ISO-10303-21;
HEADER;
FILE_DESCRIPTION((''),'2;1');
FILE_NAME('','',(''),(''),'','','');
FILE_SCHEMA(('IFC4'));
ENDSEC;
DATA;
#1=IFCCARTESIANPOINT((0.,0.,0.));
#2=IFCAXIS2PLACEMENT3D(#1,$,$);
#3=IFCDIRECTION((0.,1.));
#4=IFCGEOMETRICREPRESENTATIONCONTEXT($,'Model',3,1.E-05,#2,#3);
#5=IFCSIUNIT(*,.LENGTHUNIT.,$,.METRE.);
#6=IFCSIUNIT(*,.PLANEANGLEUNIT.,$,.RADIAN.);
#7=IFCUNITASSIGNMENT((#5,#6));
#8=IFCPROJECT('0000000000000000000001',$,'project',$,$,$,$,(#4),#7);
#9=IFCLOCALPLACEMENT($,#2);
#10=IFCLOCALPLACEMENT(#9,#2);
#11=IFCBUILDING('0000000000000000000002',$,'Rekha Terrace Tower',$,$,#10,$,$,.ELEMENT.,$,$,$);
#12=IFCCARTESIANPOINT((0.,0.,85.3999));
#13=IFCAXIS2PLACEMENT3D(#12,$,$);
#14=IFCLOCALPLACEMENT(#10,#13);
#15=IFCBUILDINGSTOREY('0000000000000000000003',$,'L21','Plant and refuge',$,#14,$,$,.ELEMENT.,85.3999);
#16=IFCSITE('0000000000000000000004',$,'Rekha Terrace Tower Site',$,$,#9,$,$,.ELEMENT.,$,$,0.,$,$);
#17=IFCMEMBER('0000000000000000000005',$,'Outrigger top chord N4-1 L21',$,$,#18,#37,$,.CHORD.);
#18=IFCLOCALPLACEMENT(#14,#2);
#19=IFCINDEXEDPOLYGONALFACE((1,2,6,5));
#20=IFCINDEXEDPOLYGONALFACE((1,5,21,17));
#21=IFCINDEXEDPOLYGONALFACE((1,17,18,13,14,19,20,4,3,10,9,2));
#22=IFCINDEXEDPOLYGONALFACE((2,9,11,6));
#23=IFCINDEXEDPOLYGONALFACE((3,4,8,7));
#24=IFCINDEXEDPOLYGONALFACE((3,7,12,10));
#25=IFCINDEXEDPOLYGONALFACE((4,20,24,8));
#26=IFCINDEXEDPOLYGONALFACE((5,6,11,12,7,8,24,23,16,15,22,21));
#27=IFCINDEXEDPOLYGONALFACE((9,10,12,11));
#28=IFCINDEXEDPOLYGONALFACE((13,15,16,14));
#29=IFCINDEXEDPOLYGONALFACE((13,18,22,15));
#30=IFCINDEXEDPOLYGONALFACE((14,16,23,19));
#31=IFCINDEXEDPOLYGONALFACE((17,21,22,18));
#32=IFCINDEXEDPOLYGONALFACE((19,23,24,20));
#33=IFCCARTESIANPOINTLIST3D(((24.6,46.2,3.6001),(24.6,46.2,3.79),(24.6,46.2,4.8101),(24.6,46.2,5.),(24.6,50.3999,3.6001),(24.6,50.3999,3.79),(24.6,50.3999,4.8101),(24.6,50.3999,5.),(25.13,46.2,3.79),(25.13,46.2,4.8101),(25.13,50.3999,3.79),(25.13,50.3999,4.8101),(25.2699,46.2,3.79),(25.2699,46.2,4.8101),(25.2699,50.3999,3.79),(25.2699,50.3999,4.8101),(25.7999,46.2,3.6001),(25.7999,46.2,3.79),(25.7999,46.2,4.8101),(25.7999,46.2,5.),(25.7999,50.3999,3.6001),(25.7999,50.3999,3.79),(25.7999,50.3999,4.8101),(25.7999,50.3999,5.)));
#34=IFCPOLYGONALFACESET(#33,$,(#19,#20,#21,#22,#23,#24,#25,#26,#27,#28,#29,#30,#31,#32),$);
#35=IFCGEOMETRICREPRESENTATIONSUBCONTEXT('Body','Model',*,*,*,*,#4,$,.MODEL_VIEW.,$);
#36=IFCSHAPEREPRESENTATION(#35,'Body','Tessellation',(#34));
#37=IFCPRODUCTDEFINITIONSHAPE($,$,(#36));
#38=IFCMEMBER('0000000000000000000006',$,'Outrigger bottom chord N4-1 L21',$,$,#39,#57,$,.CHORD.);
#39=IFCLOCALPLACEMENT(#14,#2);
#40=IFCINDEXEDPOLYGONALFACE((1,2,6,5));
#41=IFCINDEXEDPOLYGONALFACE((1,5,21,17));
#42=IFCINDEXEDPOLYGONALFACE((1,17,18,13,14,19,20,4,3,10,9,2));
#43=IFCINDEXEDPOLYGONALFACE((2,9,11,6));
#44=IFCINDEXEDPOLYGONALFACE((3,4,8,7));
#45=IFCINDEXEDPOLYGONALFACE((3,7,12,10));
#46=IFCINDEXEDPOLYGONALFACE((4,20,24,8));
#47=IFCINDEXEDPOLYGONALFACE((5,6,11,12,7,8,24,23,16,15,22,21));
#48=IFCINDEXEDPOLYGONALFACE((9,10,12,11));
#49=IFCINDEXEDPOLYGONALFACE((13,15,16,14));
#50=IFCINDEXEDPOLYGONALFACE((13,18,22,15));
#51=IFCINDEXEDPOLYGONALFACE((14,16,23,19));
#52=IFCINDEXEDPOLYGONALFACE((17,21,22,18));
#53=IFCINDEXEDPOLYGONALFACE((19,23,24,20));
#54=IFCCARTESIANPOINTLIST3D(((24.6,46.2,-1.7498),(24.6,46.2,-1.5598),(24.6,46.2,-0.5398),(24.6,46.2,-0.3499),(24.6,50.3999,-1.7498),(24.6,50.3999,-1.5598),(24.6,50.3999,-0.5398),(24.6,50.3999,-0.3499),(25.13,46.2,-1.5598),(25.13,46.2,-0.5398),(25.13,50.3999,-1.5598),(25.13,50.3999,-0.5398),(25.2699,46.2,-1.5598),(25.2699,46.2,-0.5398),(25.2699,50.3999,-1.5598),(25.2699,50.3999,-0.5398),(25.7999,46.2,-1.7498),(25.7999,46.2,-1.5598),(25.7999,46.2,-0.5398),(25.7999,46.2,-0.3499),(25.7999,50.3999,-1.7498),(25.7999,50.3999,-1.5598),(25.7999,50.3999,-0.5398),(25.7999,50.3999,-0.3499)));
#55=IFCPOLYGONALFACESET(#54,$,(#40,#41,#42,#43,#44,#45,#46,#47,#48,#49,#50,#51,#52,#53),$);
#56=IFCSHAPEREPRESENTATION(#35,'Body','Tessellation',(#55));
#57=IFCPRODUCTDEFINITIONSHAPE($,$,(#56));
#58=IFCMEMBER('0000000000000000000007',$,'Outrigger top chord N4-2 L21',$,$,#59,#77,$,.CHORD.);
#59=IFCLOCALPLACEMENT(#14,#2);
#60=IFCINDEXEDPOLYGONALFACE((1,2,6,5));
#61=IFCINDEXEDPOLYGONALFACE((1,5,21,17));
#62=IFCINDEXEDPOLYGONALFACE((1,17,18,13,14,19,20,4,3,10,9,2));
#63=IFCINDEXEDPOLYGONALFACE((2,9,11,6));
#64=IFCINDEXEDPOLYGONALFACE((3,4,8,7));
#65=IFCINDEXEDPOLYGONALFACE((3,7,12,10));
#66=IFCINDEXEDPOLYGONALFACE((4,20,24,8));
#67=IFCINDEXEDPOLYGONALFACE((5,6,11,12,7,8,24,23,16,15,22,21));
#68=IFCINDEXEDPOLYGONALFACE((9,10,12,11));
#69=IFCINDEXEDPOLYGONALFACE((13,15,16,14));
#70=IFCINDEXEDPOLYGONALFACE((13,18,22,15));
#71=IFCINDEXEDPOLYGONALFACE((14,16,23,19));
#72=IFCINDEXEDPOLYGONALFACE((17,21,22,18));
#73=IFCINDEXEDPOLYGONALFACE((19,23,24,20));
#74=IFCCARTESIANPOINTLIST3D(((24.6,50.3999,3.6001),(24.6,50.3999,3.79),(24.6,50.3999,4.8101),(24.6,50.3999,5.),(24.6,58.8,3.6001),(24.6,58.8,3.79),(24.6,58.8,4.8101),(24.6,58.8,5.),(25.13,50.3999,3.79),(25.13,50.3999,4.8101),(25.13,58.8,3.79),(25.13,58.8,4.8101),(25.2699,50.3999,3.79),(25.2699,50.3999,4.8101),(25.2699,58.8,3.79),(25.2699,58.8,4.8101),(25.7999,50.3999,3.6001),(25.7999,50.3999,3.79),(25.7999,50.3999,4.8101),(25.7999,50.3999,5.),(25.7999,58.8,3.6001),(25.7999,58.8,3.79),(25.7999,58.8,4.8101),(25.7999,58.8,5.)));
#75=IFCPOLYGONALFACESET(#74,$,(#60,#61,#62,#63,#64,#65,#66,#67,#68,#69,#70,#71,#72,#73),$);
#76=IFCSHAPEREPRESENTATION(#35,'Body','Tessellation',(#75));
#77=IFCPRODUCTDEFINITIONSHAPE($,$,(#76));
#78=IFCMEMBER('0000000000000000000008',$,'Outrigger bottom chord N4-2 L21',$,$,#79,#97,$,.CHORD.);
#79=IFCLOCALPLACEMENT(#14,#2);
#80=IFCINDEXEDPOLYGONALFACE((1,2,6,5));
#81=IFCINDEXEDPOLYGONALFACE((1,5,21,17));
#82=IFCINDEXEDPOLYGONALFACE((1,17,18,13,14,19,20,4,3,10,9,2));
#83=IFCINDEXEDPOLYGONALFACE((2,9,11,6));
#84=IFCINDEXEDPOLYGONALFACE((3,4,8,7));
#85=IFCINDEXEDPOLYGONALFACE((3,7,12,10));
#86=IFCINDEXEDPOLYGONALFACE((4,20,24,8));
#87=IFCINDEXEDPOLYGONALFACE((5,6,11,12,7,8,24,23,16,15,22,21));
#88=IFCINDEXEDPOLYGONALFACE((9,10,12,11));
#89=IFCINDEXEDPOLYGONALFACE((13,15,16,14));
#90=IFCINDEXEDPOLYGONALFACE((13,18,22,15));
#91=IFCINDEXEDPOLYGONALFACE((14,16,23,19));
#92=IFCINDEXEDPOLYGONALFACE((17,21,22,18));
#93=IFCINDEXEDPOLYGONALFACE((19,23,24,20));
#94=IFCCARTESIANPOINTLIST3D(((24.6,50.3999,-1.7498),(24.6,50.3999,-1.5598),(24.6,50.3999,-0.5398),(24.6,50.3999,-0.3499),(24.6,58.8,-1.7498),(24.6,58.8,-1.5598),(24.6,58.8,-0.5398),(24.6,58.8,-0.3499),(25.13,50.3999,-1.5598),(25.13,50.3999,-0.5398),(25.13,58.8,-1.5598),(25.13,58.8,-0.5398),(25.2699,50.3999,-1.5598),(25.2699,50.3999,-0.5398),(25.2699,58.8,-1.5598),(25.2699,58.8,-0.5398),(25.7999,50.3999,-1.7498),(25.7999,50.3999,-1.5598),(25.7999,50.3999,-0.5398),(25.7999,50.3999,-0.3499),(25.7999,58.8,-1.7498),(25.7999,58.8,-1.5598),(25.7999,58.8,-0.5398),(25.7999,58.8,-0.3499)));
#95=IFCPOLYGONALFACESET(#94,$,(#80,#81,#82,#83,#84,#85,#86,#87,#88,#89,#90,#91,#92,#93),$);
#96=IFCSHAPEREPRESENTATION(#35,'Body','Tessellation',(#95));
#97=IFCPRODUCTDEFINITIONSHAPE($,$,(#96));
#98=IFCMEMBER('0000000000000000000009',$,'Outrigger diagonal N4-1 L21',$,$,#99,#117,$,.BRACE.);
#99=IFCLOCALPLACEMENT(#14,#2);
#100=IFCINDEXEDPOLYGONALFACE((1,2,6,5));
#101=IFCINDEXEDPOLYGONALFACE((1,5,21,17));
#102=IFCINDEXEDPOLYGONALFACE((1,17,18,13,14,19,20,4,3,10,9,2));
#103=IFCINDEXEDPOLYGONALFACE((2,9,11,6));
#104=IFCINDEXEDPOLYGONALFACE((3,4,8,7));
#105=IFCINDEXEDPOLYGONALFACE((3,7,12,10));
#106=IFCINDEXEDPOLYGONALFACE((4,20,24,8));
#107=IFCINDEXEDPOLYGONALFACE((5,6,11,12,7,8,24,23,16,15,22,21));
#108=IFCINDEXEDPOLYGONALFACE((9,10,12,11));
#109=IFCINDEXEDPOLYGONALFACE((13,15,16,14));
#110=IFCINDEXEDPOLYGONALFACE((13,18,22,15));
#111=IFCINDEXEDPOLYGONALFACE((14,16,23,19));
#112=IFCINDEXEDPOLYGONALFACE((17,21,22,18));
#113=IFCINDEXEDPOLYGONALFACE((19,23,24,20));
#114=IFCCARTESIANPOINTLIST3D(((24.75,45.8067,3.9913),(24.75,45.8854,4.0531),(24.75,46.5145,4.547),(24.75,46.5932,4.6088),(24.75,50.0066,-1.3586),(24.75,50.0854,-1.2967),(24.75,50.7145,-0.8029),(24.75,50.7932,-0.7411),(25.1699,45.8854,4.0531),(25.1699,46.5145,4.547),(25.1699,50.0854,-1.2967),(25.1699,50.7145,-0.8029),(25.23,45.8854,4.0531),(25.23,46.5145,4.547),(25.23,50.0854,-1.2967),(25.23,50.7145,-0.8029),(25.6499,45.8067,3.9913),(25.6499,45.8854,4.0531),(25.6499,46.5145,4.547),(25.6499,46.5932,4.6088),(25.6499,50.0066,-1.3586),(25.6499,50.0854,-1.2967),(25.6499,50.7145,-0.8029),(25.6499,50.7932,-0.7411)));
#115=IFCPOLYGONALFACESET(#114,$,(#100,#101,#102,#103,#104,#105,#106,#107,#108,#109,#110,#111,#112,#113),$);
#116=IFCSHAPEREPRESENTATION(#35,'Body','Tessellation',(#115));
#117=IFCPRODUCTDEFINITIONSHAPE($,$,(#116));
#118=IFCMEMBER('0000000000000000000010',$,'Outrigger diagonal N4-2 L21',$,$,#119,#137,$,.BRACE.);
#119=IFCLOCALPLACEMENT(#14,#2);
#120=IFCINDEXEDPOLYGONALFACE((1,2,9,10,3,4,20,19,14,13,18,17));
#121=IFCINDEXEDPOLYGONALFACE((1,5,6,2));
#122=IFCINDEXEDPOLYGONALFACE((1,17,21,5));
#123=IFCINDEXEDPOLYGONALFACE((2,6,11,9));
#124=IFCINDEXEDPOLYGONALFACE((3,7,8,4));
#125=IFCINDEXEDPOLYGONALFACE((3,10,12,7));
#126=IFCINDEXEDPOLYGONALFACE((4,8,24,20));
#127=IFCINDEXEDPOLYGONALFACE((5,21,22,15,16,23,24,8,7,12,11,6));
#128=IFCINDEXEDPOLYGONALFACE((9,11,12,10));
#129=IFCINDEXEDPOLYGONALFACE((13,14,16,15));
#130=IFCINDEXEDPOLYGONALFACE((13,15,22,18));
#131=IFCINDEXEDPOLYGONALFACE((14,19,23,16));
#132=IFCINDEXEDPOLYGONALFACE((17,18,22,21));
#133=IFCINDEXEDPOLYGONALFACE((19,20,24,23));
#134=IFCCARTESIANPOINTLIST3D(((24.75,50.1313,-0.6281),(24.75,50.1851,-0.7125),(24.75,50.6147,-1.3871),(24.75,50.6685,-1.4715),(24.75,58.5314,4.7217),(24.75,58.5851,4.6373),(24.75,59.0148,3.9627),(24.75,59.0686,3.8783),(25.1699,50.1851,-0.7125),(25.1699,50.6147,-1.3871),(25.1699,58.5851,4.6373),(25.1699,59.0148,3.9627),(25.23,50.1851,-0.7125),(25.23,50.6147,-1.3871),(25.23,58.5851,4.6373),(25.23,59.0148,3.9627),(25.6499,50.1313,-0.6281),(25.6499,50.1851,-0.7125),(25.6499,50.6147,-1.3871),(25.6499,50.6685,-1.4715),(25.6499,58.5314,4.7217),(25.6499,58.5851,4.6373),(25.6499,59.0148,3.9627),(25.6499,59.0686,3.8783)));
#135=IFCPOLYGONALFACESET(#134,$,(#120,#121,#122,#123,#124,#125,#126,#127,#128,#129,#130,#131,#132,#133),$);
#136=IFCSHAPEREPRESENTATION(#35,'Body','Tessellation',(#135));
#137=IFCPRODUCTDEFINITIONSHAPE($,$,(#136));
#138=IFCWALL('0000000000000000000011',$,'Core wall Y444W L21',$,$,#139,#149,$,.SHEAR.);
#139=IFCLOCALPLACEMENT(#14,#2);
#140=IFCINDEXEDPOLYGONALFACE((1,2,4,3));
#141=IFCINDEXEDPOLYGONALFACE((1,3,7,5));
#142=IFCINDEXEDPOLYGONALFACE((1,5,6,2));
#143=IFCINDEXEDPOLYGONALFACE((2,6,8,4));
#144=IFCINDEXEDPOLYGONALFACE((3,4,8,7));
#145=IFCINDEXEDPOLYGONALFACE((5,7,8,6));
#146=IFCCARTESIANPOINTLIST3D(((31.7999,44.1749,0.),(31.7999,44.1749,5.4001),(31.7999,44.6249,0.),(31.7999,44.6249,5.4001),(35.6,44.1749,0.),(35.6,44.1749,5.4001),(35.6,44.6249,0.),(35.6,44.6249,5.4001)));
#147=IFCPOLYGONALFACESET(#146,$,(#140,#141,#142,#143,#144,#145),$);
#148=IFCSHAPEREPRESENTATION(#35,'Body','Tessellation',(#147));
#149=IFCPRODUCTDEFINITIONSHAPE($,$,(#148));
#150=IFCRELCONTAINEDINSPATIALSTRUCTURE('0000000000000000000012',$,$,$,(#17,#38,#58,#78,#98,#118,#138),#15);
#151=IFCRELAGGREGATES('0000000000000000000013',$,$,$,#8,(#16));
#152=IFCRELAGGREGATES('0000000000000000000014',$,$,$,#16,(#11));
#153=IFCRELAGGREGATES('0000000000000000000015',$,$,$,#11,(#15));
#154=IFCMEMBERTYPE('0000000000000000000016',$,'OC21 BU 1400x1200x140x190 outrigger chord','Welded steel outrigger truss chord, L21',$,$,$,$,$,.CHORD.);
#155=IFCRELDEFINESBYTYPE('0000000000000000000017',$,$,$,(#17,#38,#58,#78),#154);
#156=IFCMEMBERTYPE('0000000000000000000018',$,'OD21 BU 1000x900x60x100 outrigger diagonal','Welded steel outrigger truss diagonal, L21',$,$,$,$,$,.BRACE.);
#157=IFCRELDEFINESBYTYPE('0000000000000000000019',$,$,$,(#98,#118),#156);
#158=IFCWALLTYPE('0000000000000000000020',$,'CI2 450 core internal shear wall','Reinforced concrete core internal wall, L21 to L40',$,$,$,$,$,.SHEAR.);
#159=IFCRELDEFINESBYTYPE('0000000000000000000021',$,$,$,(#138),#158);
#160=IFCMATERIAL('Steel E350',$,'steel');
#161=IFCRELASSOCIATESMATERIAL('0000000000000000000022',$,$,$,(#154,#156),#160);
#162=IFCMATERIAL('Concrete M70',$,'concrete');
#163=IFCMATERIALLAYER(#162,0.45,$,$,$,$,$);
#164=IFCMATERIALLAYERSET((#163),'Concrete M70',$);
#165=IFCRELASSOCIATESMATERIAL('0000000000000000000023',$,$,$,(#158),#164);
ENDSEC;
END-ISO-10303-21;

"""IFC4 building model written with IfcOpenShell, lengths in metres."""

from ifc_helpers import new_model, si_unit, direction, frame, frame_2d, origin, origin_2d, place, context, subcontext, project, spatial, rectangle, i_section, extrude, material, layer, layer_set, material_profile, profile_set, type_object, element, save


model = new_model("IFC4")

# Units and contexts
model_context = context("Model", 3, precision=1e-05, world=origin(), true_north=direction((0.0, 1.0)))
body_context = subcontext(model_context, "Body", "Model", "MODEL_VIEW")
ifc_project = project(units=[si_unit("LENGTHUNIT", "METRE"), si_unit("PLANEANGLEUNIT", "RADIAN")], contexts=[model_context])

# Site, building, storey
site_placement = place(None, origin())
site = spatial("IfcSite", under=ifc_project, at=site_placement, Name="Rekha Terrace Tower Site", CompositionType="ELEMENT", RefElevation=0.0)
building_placement = place(site_placement, origin())
building = spatial("IfcBuilding", under=site, at=building_placement, Name="Rekha Terrace Tower", CompositionType="ELEMENT")
storey_placement = place(building_placement, frame((0.0, 0.0, 85.3999)))
storey = spatial("IfcBuildingStorey", under=building, at=storey_placement, Name="L21", Description="Plant and refuge", CompositionType="ELEMENT", Elevation=85.3999)

# Shared definitions
ifc_material_1 = material(Name="Concrete M70", Category="concrete")

# Members
ifc_material_2 = material(Name="Steel E350", Category="steel")
ifc_material_profile_1 = material_profile(ifc_material_2, i_section(OverallWidth=1.2, OverallDepth=1.3999, WebThickness=0.1399, FlangeThickness=0.1899, at=origin_2d()), Name="BU 1400x1200x140x190")
ifc_profile_set_1 = profile_set([ifc_material_profile_1], Name="Steel E350")
member_type_1 = type_object("IfcMemberType", Name="OC21 BU 1400x1200x140x190 outrigger chord", Description="Welded steel outrigger truss chord, L21", PredefinedType="CHORD", material=ifc_profile_set_1)
for number, where, z_axis, x_axis, name in (
    (1, (25.2, 46.2, 4.3), (0.0, 1.0, 0.0), (-1.0, 0.0, 0.0), "Outrigger top chord N4-1 L21"),
    (2, (25.2, 46.2, -1.0498), (0.0, 1.0, 0.0), (-1.0, 0.0, 0.0), "Outrigger bottom chord N4-1 L21"),
):
    element("IfcMember", number, at=place(storey_placement, frame(where, z_axis=z_axis, x_axis=x_axis)), inside=storey, type_object=member_type_1, Name=name, PredefinedType="CHORD", context=body_context, shape_type="SweptSolid", body=[
        extrude(i_section(OverallWidth=1.2, OverallDepth=1.3999, WebThickness=0.1399, FlangeThickness=0.1899, at=origin_2d()), origin(), (0.0, 0.0, 1.0), 4.2),
    ])
for number, where, z_axis, x_axis, name in (
    (3, (25.2, 50.3999, 4.3), (0.0, 1.0, 0.0), (-1.0, 0.0, 0.0), "Outrigger top chord N4-2 L21"),
    (4, (25.2, 50.3999, -1.0498), (0.0, 1.0, 0.0), (-1.0, 0.0, 0.0), "Outrigger bottom chord N4-2 L21"),
):
    element("IfcMember", number, at=place(storey_placement, frame(where, z_axis=z_axis, x_axis=x_axis)), inside=storey, type_object=member_type_1, Name=name, PredefinedType="CHORD", context=body_context, shape_type="SweptSolid", body=[
        extrude(i_section(OverallWidth=1.2, OverallDepth=1.3999, WebThickness=0.1399, FlangeThickness=0.1899, at=origin_2d()), origin(), (0.0, 0.0, 1.0), 8.4001),
    ])
ifc_material_profile_2 = material_profile(ifc_material_2, i_section(OverallWidth=0.8999, OverallDepth=1.0, WebThickness=0.0601, FlangeThickness=0.1001, at=origin_2d()), Name="BU 1000x900x60x100")
ifc_profile_set_2 = profile_set([ifc_material_profile_2], Name="Steel E350")
member_type_2 = type_object("IfcMemberType", Name="OD21 BU 1000x900x60x100 outrigger diagonal", Description="Welded steel outrigger truss diagonal, L21", PredefinedType="BRACE", material=ifc_profile_set_2)
member_1_placement = place(storey_placement, frame((25.2, 46.2, 4.3), z_axis=(0.0, 0.617503, -0.786569), x_axis=(-1.0, 0.0, 0.0)))
element("IfcMember", 5, at=member_1_placement, inside=storey, type_object=member_type_2, Name="Outrigger diagonal N4-1 L21", PredefinedType="BRACE", context=body_context, shape_type="SweptSolid", body=[
    extrude(i_section(OverallWidth=0.8999, OverallDepth=1.0, WebThickness=0.0601, FlangeThickness=0.1001, at=origin_2d()), origin(), (0.0, 0.0, 1.0), 6.8015),
])
member_2_placement = place(storey_placement, frame((25.2, 50.3999, -1.0498), z_axis=(0.0, 0.843466, 0.537183), x_axis=(-1.0, 0.0, 0.0)))
element("IfcMember", 6, at=member_2_placement, inside=storey, type_object=member_type_2, Name="Outrigger diagonal N4-2 L21", PredefinedType="BRACE", context=body_context, shape_type="SweptSolid", body=[
    extrude(i_section(OverallWidth=0.8999, OverallDepth=1.0, WebThickness=0.0601, FlangeThickness=0.1001, at=origin_2d()), origin(), (0.0, 0.0, 1.0), 9.959),
])

# Wall
ifc_layer_1 = layer(ifc_material_1, 0.45)
ifc_layer_set_1 = layer_set([ifc_layer_1], Name="Concrete M70")
wall_type_1 = type_object("IfcWallType", Name="CI2 450 core internal shear wall", Description="Reinforced concrete core internal wall, L21 to L40", PredefinedType="SHEAR", material=ifc_layer_set_1)
wall_1_placement = place(storey_placement, frame((31.8, 44.3999, 0.0), z_axis=(0.0, 0.0, 1.0), x_axis=(1.0, 0.0, 0.0)))
element("IfcWall", 7, at=wall_1_placement, inside=storey, type_object=wall_type_1, Name="Core wall Y444W L21", PredefinedType="SHEAR", context=body_context, shape_type="SweptSolid", body=[
    extrude(rectangle(XDim=3.8, YDim=0.45, at=frame_2d((1.8999, 0.0))), origin(), (0.0, 0.0, 1.0), 5.4001),
])

save(model, "model.ifc")
